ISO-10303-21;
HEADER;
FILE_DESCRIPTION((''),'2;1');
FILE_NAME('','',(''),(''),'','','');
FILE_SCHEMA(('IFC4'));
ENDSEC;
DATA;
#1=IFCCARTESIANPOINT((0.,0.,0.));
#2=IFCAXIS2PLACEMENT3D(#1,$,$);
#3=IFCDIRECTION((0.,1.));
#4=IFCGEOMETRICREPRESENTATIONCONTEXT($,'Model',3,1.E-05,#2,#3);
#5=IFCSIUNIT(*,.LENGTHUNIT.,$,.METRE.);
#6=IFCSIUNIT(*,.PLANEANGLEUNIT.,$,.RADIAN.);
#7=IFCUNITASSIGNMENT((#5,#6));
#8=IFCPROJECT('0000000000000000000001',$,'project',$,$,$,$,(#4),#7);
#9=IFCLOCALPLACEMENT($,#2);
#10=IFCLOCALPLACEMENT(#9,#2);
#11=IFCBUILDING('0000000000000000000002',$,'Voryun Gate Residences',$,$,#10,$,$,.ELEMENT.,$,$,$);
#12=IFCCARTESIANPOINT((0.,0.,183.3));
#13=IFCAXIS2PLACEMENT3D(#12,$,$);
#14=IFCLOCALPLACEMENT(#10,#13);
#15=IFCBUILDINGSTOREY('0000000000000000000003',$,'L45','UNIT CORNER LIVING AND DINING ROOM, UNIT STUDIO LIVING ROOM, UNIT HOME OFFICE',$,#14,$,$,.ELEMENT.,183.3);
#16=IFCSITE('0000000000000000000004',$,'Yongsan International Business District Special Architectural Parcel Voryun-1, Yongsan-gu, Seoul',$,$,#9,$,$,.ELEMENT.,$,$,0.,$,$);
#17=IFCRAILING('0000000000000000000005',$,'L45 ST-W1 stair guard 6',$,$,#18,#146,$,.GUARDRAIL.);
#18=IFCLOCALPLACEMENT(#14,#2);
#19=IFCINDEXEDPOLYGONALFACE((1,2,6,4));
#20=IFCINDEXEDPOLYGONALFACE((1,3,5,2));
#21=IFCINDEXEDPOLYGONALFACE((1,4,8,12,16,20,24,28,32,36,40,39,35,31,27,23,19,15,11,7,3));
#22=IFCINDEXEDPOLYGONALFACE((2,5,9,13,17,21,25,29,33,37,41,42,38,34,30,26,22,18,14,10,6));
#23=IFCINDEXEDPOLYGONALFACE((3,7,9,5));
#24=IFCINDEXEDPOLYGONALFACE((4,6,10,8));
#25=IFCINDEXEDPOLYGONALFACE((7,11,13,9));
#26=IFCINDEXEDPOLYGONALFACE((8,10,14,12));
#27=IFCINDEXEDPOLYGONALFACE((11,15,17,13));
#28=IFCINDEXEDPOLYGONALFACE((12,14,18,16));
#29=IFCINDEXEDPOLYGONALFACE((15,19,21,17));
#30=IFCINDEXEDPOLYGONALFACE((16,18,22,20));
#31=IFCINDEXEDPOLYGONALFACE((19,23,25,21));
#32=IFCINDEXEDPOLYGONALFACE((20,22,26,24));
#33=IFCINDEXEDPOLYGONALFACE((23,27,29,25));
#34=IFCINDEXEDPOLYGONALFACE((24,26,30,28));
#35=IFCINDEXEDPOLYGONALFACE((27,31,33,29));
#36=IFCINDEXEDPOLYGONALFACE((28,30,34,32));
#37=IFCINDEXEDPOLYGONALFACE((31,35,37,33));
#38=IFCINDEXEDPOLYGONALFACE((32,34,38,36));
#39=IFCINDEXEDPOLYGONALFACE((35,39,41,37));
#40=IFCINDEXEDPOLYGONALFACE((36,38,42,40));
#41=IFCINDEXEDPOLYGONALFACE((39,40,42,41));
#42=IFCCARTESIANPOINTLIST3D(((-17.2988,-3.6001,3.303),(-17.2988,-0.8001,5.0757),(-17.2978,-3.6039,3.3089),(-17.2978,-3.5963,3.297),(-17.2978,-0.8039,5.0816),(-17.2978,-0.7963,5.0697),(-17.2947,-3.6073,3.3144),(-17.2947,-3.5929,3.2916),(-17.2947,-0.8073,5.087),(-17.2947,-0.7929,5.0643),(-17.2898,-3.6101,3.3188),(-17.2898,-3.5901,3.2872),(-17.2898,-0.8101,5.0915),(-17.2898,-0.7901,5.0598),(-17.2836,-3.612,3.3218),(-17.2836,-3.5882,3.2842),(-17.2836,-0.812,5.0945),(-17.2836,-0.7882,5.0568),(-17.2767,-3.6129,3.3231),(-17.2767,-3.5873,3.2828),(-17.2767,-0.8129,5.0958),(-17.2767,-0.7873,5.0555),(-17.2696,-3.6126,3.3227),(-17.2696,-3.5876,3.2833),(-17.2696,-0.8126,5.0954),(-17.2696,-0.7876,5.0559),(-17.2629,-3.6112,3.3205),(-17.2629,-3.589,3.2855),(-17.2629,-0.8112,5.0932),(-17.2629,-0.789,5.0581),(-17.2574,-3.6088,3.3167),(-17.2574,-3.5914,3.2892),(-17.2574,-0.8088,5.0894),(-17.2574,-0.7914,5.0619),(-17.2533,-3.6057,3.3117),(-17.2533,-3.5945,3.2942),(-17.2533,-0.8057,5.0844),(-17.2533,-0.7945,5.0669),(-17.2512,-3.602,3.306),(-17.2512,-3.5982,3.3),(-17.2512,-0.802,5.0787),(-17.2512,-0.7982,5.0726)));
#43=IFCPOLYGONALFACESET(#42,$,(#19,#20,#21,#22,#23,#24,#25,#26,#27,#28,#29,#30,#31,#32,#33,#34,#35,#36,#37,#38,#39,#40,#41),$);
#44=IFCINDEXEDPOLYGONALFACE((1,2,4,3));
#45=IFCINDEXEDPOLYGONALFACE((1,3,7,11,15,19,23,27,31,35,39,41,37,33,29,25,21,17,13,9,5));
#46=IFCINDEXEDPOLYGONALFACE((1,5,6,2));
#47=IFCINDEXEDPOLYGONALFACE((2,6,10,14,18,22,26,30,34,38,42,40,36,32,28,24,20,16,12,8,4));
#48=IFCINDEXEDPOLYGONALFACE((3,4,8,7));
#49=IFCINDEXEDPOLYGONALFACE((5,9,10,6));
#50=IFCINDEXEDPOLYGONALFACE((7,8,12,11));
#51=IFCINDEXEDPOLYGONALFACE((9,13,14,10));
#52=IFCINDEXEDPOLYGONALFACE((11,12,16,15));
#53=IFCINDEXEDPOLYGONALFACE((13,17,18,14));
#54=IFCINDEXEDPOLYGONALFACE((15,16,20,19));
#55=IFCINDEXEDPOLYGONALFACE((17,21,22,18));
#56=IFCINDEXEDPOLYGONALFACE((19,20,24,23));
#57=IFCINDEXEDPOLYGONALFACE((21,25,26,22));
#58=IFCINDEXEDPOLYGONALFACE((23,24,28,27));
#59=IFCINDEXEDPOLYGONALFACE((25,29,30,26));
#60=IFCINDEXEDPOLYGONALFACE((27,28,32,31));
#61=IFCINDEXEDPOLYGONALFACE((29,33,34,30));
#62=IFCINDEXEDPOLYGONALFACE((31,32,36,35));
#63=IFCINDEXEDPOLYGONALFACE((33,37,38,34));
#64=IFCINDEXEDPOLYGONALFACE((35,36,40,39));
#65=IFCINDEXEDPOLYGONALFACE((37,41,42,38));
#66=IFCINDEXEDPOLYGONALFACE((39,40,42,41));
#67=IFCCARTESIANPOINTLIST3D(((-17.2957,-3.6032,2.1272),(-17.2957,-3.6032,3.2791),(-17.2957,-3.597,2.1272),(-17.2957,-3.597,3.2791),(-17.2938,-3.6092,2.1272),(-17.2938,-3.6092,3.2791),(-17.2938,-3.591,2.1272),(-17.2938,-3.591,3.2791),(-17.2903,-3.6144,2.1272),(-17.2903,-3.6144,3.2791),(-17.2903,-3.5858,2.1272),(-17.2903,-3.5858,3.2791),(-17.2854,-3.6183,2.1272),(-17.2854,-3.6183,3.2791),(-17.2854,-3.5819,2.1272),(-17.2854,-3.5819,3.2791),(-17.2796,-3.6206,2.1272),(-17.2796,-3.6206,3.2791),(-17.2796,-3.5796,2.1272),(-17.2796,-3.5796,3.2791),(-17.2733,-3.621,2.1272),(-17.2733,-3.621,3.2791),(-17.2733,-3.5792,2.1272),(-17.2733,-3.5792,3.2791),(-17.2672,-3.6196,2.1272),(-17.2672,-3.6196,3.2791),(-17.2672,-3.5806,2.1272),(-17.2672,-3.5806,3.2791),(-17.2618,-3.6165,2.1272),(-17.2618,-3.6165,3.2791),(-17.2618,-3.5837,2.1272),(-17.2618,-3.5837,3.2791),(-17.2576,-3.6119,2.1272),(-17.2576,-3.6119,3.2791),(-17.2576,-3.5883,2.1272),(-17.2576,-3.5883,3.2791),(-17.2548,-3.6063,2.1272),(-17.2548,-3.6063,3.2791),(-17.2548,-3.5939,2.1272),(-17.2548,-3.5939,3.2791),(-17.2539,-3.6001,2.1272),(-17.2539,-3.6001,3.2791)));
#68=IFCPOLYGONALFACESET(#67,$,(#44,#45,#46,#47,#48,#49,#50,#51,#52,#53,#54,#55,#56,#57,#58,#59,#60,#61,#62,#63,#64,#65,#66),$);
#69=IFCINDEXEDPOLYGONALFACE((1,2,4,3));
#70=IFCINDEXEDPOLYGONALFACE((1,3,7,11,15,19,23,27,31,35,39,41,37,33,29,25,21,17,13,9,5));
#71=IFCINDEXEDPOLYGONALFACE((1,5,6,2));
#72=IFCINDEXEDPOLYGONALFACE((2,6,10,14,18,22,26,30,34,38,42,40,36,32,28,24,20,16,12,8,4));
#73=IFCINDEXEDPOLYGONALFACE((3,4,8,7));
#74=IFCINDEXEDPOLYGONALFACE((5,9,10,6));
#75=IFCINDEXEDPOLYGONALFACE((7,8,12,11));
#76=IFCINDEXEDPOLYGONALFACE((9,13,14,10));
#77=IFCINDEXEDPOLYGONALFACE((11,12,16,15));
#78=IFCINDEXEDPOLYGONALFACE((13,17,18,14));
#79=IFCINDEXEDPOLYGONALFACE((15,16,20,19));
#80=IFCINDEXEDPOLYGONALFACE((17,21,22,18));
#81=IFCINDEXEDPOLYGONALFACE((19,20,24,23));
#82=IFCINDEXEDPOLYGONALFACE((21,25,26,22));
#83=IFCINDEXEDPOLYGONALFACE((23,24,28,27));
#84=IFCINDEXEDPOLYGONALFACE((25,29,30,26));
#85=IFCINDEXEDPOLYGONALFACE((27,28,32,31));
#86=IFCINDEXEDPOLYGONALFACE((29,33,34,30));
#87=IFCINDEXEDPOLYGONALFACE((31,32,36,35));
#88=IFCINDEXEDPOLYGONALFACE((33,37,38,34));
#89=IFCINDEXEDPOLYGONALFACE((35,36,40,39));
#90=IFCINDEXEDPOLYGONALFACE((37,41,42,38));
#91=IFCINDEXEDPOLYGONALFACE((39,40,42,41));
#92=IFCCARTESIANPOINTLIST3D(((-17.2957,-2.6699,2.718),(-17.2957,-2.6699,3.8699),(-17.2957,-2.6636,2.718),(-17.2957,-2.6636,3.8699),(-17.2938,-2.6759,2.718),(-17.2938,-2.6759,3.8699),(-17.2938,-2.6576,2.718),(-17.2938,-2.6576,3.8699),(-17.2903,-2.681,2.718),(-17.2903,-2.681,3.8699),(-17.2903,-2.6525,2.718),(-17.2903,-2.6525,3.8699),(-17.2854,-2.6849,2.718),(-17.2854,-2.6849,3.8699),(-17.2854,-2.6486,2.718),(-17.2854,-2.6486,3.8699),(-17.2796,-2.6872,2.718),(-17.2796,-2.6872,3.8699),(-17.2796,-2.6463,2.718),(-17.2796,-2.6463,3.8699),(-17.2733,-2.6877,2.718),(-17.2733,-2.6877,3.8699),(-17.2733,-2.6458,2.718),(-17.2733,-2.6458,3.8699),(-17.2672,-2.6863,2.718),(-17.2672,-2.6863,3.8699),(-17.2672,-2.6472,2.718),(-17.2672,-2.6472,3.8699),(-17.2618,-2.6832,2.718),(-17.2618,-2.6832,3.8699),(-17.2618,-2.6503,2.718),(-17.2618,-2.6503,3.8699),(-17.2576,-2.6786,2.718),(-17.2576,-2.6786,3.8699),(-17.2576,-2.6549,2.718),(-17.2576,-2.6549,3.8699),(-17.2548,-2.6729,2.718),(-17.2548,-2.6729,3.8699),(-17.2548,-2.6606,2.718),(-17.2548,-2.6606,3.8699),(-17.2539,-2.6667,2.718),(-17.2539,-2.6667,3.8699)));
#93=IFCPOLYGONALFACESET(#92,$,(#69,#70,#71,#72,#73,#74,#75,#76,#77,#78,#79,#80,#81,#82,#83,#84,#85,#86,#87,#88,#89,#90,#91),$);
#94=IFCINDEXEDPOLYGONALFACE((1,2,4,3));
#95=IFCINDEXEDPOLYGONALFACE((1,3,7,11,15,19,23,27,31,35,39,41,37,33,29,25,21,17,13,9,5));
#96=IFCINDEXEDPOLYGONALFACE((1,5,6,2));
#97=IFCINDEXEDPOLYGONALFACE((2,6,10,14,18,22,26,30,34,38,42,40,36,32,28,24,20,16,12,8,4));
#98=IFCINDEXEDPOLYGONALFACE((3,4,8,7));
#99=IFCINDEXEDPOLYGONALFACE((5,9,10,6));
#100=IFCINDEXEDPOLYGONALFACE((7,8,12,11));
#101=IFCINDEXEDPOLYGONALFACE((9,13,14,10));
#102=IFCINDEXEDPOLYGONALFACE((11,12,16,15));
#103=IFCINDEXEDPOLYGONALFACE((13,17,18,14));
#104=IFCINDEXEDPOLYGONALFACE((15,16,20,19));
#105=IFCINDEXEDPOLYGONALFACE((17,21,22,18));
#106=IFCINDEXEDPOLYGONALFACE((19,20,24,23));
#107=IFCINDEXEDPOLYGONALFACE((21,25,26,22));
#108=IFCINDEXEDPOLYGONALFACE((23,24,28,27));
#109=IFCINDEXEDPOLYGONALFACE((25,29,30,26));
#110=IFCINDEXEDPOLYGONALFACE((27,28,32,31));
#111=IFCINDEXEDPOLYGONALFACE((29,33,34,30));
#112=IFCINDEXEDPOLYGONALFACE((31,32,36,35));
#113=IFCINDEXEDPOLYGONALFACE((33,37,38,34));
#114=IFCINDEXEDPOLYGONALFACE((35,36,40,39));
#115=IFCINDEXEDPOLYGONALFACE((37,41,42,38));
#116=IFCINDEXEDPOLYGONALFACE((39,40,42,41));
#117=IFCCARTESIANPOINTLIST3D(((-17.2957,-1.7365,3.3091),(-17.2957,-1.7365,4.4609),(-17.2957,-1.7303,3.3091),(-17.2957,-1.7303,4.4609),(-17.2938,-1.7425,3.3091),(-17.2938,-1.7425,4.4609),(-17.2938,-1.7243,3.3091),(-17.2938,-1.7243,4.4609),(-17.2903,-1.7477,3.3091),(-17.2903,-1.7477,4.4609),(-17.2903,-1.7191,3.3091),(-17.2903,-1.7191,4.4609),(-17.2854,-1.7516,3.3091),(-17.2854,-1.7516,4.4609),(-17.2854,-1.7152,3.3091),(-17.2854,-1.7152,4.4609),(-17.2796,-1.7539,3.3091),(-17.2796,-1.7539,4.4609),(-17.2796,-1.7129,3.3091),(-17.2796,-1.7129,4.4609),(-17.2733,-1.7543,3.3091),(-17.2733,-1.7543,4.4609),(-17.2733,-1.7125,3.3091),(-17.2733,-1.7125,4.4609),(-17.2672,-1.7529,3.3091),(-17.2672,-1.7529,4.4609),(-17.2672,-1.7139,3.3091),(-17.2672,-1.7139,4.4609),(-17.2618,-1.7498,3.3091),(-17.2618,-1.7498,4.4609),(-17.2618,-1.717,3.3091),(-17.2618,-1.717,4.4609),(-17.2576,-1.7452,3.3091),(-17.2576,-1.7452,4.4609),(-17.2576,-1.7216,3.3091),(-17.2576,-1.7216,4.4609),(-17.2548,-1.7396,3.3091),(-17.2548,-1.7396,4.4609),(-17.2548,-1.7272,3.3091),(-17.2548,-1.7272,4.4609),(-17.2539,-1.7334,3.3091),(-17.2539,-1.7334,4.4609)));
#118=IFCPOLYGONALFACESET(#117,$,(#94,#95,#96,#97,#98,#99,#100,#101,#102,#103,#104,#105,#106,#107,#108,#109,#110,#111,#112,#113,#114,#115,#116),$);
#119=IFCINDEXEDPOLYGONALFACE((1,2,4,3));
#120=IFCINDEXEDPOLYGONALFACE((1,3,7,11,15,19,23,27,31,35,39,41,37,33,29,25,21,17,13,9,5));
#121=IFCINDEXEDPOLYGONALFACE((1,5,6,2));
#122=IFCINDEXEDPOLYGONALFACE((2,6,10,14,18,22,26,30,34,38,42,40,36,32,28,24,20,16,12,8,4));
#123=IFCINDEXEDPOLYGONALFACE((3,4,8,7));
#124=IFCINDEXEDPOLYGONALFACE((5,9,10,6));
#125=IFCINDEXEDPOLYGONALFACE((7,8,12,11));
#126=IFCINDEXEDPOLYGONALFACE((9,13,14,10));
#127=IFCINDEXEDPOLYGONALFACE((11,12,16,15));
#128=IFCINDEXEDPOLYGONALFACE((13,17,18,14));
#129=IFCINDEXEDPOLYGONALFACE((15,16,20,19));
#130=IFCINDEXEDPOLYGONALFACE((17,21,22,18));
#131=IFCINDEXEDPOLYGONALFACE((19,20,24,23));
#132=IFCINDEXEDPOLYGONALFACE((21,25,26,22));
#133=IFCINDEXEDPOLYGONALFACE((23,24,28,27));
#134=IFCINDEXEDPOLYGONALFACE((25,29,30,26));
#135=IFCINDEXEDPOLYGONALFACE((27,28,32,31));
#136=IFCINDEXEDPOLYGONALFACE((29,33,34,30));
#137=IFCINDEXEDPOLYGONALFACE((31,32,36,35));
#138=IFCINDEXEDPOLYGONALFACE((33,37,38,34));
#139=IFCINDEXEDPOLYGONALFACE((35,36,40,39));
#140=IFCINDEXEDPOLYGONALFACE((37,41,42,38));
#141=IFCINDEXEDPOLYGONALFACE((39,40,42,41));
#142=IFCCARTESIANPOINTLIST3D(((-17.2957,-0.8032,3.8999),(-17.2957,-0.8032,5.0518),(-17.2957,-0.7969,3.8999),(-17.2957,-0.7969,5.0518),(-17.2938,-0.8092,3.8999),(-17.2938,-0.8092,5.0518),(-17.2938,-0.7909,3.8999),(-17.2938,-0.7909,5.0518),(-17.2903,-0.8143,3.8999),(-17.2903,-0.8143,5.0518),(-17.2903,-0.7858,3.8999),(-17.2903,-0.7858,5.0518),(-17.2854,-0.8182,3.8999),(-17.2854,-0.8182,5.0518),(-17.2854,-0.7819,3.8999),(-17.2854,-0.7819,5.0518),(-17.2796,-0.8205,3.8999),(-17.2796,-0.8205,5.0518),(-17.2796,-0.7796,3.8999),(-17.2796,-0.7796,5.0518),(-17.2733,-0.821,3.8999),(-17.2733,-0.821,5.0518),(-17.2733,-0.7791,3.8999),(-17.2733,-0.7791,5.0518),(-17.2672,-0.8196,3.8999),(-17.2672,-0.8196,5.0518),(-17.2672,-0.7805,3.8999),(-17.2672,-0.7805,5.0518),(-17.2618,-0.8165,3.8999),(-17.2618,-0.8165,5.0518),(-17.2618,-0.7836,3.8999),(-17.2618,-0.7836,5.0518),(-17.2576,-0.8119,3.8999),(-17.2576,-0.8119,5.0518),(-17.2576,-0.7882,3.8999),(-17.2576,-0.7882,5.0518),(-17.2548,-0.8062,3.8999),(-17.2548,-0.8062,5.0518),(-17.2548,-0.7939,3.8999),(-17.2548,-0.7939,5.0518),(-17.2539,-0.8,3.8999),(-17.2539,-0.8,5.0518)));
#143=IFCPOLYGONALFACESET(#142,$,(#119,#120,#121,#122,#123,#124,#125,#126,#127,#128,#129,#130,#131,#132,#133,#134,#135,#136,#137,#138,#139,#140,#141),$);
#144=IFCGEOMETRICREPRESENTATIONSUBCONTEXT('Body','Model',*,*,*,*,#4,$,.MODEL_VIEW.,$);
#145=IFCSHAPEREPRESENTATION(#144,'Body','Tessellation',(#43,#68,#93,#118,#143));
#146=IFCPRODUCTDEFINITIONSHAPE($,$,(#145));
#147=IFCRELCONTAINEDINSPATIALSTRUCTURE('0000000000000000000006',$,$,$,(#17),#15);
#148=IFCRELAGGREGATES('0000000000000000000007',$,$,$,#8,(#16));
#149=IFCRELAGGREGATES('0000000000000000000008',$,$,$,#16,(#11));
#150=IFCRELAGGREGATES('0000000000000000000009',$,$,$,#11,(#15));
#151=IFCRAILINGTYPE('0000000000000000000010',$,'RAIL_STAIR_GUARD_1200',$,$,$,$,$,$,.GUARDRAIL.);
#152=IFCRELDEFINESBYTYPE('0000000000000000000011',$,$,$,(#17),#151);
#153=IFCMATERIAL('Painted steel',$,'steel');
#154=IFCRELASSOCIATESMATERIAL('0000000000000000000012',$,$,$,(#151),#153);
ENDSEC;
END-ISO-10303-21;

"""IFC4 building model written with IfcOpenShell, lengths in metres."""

from ifc_helpers import new_model, si_unit, direction, frame, origin, origin_2d, place, context, subcontext, project, spatial, circle, extrude, material, type_object, element, save


model = new_model("IFC4")

# Units and contexts
model_context = context("Model", 3, precision=1e-05, world=origin(), true_north=direction((0.0, 1.0)))
body_context = subcontext(model_context, "Body", "Model", "MODEL_VIEW")
ifc_project = project(units=[si_unit("LENGTHUNIT", "METRE"), si_unit("PLANEANGLEUNIT", "RADIAN")], contexts=[model_context])

# Site, building, storey
site_placement = place(None, origin())
site = spatial("IfcSite", under=ifc_project, at=site_placement, Name="Yongsan International Business District Special Architectural Parcel Voryun-1, Yongsan-gu, Seoul", CompositionType="ELEMENT", RefElevation=0.0)
building_placement = place(site_placement, origin())
building = spatial("IfcBuilding", under=site, at=building_placement, Name="Voryun Gate Residences", CompositionType="ELEMENT")
storey_placement = place(building_placement, frame((0.0, 0.0, 183.3)))
storey = spatial("IfcBuildingStorey", under=building, at=storey_placement, Name="L45", Description="UNIT CORNER LIVING AND DINING ROOM, UNIT STUDIO LIVING ROOM, UNIT HOME OFFICE", CompositionType="ELEMENT", Elevation=183.3)

# Railing
ifc_material_1 = material(Name="Painted steel", Category="steel")
railing_type_1 = type_object("IfcRailingType", Name="RAIL_STAIR_GUARD_1200", PredefinedType="GUARDRAIL", material=ifc_material_1)
railing_1_placement = place(storey_placement, frame((-17.2749, -3.6001, 2.1272)))
element("IfcRailing", 1, at=railing_1_placement, inside=storey, type_object=railing_type_1, Name="L45 ST-W1 stair guard 6", PredefinedType="GUARDRAIL", context=body_context, shape_type="SweptSolid", body=[
    extrude(circle(Radius=0.0239, at=origin_2d()), frame((0.0, 0.0, 1.1758), z_axis=(0.0, 0.844909, 0.53491), x_axis=(-1.0, 0.0, 0.0)), (0.0, 0.0, 1.0), 3.314),
    extrude(circle(Radius=0.021, at=origin_2d()), origin(), (0.0, 0.0, 1.0), 1.1519),
    extrude(circle(Radius=0.021, at=origin_2d()), frame((0.0, 0.9333, 0.5908)), (0.0, 0.0, 1.0), 1.1519),
    extrude(circle(Radius=0.021, at=origin_2d()), frame((0.0, 1.8667, 1.1819)), (0.0, 0.0, 1.0), 1.1519),
    extrude(circle(Radius=0.021, at=origin_2d()), frame((0.0, 2.8, 1.7727)), (0.0, 0.0, 1.0), 1.1519),
])

save(model, "model.ifc")
